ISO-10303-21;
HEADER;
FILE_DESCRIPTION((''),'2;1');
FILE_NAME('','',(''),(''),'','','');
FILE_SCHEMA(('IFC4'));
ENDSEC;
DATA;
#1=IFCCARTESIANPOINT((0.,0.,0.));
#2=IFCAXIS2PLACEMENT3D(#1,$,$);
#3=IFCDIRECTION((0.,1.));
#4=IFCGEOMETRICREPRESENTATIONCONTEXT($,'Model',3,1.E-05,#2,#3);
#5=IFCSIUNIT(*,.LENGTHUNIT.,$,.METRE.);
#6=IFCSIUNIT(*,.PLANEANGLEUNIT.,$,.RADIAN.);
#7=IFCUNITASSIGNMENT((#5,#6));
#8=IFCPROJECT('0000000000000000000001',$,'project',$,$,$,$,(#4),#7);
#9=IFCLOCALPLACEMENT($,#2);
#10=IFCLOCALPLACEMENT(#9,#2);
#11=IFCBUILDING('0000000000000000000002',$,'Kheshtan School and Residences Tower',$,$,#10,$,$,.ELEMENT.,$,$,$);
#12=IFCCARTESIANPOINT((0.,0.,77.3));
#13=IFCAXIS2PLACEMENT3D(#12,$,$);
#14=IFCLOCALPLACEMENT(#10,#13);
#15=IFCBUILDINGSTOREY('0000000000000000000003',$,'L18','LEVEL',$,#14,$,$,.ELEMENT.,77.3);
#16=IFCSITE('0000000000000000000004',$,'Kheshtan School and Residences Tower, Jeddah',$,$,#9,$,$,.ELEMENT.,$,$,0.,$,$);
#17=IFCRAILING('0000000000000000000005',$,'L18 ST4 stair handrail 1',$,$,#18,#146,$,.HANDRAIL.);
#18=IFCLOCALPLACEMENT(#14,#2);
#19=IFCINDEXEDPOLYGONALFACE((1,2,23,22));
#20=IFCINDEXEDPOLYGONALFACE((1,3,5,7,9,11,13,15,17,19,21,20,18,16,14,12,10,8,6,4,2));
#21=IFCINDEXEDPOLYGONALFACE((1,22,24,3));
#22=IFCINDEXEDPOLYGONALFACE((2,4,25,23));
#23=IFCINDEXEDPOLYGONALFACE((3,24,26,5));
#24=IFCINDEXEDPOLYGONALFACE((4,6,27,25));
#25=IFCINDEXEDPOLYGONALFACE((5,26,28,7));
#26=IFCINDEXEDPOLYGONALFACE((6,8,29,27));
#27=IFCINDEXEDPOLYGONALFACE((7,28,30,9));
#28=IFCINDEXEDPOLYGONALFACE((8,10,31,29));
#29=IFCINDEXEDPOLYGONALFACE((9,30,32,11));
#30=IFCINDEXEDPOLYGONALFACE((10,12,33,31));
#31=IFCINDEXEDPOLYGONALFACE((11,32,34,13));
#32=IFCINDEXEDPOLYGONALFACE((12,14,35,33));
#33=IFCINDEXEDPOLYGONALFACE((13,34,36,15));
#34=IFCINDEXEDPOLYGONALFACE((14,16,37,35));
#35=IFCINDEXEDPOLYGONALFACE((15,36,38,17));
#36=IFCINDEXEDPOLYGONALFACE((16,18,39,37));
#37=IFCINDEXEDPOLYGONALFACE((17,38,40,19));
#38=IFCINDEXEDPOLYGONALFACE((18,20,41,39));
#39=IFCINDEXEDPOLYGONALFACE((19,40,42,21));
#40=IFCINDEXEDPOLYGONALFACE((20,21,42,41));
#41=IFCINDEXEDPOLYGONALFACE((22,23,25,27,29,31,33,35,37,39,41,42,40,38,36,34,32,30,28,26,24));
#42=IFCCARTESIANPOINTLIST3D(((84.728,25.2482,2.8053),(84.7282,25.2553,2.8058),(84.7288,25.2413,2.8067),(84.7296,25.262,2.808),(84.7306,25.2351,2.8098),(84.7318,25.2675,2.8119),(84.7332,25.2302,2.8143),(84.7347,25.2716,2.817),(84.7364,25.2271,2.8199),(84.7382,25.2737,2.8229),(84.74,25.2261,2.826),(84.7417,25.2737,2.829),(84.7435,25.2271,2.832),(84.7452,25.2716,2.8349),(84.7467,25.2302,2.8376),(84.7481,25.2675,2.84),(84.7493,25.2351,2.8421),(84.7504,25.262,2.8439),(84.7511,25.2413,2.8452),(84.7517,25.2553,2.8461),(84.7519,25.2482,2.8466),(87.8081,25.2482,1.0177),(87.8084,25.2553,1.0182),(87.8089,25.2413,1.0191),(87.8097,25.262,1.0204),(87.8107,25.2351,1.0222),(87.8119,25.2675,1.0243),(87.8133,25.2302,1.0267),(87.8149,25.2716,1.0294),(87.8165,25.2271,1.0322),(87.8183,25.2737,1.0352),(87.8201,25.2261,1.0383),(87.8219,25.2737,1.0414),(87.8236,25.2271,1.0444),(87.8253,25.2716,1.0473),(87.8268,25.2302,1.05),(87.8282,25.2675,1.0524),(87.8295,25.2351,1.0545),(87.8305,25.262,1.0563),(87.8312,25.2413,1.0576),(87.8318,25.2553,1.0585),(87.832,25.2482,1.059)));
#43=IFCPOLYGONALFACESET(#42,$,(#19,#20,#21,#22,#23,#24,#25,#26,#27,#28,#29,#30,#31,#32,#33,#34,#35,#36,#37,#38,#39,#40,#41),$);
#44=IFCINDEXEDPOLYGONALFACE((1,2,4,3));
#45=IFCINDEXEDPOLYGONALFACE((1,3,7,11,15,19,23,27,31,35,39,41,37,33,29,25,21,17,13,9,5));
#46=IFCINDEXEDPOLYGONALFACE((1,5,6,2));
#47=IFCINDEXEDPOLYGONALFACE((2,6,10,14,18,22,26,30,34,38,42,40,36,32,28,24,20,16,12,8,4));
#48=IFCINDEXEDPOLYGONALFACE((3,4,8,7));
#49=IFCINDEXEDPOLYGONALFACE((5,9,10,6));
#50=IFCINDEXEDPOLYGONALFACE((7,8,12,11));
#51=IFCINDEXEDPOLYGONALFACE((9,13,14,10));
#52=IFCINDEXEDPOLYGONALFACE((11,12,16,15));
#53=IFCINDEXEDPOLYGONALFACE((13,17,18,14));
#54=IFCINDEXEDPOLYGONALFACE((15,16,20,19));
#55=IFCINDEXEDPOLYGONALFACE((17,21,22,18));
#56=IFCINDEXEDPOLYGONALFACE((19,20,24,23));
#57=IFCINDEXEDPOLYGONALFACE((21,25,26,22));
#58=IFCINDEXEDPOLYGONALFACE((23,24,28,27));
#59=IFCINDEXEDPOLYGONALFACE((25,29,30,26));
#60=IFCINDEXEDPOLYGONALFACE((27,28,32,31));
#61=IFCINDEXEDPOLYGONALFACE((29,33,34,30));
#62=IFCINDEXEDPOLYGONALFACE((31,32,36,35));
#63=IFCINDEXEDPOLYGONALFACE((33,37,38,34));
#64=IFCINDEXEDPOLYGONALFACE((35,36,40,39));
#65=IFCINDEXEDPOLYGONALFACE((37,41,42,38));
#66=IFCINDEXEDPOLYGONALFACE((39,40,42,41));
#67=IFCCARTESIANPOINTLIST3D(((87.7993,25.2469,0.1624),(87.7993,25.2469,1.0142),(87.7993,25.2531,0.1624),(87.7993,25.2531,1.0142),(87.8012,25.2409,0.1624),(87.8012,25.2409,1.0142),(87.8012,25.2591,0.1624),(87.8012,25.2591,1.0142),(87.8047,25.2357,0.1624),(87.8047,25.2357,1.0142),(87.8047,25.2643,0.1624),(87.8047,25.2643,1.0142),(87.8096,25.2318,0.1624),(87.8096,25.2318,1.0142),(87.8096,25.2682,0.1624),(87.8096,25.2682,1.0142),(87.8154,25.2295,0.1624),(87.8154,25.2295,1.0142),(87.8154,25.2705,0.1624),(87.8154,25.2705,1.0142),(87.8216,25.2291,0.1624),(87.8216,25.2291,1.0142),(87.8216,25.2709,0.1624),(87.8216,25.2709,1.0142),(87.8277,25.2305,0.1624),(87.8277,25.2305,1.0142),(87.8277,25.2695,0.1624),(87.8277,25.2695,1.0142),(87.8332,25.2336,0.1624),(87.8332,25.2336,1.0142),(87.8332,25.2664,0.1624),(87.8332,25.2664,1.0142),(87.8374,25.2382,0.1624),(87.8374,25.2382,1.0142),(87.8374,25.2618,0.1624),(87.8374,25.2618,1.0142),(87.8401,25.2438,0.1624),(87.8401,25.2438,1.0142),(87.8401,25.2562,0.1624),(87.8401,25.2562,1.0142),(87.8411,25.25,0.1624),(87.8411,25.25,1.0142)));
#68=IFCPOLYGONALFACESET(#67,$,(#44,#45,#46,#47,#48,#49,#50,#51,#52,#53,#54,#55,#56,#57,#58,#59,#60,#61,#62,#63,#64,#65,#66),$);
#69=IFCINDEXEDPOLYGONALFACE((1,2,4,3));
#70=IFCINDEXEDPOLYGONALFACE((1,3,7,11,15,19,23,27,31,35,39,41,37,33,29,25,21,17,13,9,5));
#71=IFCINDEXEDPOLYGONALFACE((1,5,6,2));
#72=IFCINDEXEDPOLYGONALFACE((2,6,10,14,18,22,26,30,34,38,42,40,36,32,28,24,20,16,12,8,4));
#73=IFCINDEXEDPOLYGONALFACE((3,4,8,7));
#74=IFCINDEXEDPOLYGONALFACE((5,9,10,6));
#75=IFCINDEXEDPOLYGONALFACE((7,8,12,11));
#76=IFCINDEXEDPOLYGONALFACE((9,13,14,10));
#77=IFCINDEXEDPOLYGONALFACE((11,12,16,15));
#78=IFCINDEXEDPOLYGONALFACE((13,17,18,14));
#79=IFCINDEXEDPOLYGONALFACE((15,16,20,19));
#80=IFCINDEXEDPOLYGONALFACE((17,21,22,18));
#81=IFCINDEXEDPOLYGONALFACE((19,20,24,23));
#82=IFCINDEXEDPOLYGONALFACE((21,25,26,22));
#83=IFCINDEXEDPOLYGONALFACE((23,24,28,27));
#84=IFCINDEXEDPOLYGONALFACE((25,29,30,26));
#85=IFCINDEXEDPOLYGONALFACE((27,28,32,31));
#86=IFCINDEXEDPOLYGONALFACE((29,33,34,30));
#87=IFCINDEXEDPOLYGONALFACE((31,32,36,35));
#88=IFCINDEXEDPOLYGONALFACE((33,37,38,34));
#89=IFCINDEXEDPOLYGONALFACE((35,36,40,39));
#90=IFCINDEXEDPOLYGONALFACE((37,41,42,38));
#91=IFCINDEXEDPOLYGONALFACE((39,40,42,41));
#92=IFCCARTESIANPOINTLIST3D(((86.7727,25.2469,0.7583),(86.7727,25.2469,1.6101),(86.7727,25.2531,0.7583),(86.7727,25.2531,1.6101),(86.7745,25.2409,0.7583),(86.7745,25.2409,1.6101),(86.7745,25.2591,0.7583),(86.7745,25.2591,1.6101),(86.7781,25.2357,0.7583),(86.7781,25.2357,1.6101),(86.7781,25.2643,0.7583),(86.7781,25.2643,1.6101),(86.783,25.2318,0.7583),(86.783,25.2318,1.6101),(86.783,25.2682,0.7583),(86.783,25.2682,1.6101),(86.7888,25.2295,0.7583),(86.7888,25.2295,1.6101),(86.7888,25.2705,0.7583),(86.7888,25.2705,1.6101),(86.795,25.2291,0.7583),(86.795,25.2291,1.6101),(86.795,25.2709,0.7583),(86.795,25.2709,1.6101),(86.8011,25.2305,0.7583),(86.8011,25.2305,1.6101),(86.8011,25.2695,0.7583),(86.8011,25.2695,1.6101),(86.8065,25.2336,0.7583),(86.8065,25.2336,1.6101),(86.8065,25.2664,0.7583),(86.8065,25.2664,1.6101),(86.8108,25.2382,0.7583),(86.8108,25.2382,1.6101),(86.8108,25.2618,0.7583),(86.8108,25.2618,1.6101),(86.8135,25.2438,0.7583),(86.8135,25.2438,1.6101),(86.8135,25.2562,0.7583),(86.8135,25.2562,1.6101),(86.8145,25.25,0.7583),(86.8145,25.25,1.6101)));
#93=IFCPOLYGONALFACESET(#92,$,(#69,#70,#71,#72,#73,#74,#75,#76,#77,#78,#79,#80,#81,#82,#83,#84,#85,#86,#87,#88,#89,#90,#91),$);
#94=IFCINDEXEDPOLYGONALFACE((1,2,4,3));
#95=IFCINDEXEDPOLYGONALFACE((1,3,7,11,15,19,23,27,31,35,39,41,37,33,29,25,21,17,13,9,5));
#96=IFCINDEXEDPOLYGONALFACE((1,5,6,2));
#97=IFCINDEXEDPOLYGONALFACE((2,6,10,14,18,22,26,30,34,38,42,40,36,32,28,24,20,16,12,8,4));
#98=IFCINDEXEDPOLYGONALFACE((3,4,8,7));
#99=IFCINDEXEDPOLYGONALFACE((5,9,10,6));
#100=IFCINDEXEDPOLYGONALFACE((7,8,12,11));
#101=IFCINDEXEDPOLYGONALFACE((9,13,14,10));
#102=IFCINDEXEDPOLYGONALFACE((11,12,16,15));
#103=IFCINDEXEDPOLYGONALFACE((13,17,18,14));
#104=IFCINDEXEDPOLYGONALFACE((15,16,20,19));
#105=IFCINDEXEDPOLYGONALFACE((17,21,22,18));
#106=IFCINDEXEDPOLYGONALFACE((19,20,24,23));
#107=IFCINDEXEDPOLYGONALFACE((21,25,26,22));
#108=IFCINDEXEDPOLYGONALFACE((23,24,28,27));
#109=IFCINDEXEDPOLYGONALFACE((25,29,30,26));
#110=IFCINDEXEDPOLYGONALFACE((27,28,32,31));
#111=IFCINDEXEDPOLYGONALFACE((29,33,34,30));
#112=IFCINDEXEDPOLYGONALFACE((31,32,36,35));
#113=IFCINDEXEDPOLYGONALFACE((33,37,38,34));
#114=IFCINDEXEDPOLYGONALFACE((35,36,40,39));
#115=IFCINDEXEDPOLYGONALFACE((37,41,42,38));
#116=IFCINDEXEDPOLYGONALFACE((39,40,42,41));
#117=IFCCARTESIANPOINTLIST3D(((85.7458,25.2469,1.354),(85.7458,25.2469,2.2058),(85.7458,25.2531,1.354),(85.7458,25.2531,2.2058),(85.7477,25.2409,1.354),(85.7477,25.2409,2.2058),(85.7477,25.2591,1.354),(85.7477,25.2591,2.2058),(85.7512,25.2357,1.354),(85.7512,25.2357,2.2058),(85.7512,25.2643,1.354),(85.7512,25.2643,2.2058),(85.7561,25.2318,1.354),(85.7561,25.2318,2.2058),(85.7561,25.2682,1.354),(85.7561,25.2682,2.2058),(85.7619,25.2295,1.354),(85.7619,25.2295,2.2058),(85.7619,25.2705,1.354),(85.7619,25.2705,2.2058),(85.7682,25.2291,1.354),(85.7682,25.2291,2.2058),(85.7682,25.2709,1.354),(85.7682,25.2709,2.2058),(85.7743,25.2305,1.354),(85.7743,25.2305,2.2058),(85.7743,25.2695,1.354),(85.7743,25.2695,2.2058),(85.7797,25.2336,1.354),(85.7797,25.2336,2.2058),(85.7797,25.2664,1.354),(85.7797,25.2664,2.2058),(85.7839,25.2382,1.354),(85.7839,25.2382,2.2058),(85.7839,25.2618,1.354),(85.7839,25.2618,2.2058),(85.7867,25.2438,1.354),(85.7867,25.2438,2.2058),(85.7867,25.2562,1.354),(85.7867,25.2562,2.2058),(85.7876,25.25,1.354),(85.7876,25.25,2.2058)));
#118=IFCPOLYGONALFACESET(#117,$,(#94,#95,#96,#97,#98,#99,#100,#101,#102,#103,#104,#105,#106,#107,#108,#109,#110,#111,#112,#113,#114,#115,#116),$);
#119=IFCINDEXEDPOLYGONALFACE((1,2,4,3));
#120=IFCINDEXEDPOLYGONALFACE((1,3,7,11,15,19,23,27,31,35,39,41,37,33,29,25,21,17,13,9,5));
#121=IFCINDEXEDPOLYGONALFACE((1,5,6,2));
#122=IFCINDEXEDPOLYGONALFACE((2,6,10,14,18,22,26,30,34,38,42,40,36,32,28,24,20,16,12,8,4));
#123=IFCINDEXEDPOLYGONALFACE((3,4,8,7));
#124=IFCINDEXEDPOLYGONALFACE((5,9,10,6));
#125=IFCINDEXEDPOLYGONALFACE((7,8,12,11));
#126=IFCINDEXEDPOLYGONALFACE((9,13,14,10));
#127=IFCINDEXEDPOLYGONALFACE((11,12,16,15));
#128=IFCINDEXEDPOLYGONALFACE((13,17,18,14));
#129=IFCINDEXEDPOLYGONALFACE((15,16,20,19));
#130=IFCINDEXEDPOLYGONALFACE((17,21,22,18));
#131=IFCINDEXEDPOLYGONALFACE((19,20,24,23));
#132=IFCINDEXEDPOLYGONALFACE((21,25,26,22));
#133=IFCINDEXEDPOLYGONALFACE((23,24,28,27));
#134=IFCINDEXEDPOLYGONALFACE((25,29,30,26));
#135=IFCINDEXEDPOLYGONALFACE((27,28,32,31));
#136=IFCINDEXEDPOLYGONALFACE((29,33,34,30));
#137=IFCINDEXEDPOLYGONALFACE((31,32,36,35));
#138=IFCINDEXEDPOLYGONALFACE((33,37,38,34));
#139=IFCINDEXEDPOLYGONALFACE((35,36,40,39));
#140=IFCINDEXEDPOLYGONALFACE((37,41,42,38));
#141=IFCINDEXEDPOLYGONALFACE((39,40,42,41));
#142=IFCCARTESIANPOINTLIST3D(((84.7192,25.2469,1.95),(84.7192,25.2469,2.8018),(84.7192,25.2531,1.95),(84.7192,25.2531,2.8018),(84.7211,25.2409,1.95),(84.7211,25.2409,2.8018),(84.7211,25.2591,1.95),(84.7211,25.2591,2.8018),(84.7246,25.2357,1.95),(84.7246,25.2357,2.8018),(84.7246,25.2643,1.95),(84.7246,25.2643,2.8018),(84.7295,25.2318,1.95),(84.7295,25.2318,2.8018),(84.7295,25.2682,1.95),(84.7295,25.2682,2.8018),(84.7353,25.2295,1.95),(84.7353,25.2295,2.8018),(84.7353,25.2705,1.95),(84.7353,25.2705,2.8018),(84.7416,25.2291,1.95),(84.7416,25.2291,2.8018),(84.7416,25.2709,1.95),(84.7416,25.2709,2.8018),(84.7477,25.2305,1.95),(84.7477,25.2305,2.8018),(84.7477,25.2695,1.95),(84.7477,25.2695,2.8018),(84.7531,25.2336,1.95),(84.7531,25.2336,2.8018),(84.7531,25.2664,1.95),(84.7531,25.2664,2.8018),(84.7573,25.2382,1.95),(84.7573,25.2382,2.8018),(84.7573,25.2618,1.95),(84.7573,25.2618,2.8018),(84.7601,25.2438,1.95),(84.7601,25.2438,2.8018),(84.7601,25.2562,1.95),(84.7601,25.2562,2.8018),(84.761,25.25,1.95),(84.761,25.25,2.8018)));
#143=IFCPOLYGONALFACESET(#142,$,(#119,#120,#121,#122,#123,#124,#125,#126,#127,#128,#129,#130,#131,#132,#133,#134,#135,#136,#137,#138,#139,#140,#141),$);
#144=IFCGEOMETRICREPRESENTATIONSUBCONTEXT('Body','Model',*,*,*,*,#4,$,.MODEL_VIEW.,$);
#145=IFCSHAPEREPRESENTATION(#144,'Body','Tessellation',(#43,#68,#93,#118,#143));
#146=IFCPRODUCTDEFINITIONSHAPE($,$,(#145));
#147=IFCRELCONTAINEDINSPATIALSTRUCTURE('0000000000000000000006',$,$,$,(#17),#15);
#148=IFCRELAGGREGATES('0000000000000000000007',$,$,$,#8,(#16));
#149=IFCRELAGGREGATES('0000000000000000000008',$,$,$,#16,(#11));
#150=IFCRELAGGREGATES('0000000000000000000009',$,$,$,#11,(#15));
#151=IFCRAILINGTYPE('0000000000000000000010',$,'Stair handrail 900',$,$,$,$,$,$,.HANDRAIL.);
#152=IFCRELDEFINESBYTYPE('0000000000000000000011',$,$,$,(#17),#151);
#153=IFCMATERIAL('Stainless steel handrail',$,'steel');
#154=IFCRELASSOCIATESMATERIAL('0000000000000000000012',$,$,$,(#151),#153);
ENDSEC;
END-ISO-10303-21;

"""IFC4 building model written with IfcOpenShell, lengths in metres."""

from ifc_helpers import new_model, si_unit, direction, frame, origin, origin_2d, place, context, subcontext, project, spatial, circle, extrude, material, type_object, element, save


model = new_model("IFC4")

# Units and contexts
model_context = context("Model", 3, precision=1e-05, world=origin(), true_north=direction((0.0, 1.0)))
body_context = subcontext(model_context, "Body", "Model", "MODEL_VIEW")
ifc_project = project(units=[si_unit("LENGTHUNIT", "METRE"), si_unit("PLANEANGLEUNIT", "RADIAN")], contexts=[model_context])

# Site, building, storey
site_placement = place(None, origin())
site = spatial("IfcSite", under=ifc_project, at=site_placement, Name="Kheshtan School and Residences Tower, Jeddah", CompositionType="ELEMENT", RefElevation=0.0)
building_placement = place(site_placement, origin())
building = spatial("IfcBuilding", under=site, at=building_placement, Name="Kheshtan School and Residences Tower", CompositionType="ELEMENT")
storey_placement = place(building_placement, frame((0.0, 0.0, 77.3)))
storey = spatial("IfcBuildingStorey", under=building, at=storey_placement, Name="L18", Description="LEVEL", CompositionType="ELEMENT", Elevation=77.3)

# Railing
ifc_material_1 = material(Name="Stainless steel handrail", Category="steel")
railing_type_1 = type_object("IfcRailingType", Name="Stair handrail 900", PredefinedType="HANDRAIL", material=ifc_material_1)
railing_1_placement = place(storey_placement, frame((87.8201, 25.25, 0.1624)))
element("IfcRailing", 1, at=railing_1_placement, inside=storey, type_object=railing_type_1, Name="L18 ST4 stair handrail 1", PredefinedType="HANDRAIL", context=body_context, shape_type="SweptSolid", body=[
    extrude(circle(Radius=0.0239, at=origin_2d()), frame((0.0, 0.0, 0.876), z_axis=(-0.864891, 0.0, 0.50196), x_axis=(0.0, -1.0, 0.0)), (0.0, 0.0, 1.0), 3.5613),
    extrude(circle(Radius=0.021, at=origin_2d()), origin(), (0.0, 0.0, 1.0), 0.8518),
    extrude(circle(Radius=0.021, at=origin_2d()), frame((-1.0266, 0.0, 0.5959)), (0.0, 0.0, 1.0), 0.8518),
    extrude(circle(Radius=0.021, at=origin_2d()), frame((-2.0535, 0.0, 1.1917)), (0.0, 0.0, 1.0), 0.8518),
    extrude(circle(Radius=0.021, at=origin_2d()), frame((-3.0801, 0.0, 1.7876)), (0.0, 0.0, 1.0), 0.8518),
])

save(model, "model.ifc")
